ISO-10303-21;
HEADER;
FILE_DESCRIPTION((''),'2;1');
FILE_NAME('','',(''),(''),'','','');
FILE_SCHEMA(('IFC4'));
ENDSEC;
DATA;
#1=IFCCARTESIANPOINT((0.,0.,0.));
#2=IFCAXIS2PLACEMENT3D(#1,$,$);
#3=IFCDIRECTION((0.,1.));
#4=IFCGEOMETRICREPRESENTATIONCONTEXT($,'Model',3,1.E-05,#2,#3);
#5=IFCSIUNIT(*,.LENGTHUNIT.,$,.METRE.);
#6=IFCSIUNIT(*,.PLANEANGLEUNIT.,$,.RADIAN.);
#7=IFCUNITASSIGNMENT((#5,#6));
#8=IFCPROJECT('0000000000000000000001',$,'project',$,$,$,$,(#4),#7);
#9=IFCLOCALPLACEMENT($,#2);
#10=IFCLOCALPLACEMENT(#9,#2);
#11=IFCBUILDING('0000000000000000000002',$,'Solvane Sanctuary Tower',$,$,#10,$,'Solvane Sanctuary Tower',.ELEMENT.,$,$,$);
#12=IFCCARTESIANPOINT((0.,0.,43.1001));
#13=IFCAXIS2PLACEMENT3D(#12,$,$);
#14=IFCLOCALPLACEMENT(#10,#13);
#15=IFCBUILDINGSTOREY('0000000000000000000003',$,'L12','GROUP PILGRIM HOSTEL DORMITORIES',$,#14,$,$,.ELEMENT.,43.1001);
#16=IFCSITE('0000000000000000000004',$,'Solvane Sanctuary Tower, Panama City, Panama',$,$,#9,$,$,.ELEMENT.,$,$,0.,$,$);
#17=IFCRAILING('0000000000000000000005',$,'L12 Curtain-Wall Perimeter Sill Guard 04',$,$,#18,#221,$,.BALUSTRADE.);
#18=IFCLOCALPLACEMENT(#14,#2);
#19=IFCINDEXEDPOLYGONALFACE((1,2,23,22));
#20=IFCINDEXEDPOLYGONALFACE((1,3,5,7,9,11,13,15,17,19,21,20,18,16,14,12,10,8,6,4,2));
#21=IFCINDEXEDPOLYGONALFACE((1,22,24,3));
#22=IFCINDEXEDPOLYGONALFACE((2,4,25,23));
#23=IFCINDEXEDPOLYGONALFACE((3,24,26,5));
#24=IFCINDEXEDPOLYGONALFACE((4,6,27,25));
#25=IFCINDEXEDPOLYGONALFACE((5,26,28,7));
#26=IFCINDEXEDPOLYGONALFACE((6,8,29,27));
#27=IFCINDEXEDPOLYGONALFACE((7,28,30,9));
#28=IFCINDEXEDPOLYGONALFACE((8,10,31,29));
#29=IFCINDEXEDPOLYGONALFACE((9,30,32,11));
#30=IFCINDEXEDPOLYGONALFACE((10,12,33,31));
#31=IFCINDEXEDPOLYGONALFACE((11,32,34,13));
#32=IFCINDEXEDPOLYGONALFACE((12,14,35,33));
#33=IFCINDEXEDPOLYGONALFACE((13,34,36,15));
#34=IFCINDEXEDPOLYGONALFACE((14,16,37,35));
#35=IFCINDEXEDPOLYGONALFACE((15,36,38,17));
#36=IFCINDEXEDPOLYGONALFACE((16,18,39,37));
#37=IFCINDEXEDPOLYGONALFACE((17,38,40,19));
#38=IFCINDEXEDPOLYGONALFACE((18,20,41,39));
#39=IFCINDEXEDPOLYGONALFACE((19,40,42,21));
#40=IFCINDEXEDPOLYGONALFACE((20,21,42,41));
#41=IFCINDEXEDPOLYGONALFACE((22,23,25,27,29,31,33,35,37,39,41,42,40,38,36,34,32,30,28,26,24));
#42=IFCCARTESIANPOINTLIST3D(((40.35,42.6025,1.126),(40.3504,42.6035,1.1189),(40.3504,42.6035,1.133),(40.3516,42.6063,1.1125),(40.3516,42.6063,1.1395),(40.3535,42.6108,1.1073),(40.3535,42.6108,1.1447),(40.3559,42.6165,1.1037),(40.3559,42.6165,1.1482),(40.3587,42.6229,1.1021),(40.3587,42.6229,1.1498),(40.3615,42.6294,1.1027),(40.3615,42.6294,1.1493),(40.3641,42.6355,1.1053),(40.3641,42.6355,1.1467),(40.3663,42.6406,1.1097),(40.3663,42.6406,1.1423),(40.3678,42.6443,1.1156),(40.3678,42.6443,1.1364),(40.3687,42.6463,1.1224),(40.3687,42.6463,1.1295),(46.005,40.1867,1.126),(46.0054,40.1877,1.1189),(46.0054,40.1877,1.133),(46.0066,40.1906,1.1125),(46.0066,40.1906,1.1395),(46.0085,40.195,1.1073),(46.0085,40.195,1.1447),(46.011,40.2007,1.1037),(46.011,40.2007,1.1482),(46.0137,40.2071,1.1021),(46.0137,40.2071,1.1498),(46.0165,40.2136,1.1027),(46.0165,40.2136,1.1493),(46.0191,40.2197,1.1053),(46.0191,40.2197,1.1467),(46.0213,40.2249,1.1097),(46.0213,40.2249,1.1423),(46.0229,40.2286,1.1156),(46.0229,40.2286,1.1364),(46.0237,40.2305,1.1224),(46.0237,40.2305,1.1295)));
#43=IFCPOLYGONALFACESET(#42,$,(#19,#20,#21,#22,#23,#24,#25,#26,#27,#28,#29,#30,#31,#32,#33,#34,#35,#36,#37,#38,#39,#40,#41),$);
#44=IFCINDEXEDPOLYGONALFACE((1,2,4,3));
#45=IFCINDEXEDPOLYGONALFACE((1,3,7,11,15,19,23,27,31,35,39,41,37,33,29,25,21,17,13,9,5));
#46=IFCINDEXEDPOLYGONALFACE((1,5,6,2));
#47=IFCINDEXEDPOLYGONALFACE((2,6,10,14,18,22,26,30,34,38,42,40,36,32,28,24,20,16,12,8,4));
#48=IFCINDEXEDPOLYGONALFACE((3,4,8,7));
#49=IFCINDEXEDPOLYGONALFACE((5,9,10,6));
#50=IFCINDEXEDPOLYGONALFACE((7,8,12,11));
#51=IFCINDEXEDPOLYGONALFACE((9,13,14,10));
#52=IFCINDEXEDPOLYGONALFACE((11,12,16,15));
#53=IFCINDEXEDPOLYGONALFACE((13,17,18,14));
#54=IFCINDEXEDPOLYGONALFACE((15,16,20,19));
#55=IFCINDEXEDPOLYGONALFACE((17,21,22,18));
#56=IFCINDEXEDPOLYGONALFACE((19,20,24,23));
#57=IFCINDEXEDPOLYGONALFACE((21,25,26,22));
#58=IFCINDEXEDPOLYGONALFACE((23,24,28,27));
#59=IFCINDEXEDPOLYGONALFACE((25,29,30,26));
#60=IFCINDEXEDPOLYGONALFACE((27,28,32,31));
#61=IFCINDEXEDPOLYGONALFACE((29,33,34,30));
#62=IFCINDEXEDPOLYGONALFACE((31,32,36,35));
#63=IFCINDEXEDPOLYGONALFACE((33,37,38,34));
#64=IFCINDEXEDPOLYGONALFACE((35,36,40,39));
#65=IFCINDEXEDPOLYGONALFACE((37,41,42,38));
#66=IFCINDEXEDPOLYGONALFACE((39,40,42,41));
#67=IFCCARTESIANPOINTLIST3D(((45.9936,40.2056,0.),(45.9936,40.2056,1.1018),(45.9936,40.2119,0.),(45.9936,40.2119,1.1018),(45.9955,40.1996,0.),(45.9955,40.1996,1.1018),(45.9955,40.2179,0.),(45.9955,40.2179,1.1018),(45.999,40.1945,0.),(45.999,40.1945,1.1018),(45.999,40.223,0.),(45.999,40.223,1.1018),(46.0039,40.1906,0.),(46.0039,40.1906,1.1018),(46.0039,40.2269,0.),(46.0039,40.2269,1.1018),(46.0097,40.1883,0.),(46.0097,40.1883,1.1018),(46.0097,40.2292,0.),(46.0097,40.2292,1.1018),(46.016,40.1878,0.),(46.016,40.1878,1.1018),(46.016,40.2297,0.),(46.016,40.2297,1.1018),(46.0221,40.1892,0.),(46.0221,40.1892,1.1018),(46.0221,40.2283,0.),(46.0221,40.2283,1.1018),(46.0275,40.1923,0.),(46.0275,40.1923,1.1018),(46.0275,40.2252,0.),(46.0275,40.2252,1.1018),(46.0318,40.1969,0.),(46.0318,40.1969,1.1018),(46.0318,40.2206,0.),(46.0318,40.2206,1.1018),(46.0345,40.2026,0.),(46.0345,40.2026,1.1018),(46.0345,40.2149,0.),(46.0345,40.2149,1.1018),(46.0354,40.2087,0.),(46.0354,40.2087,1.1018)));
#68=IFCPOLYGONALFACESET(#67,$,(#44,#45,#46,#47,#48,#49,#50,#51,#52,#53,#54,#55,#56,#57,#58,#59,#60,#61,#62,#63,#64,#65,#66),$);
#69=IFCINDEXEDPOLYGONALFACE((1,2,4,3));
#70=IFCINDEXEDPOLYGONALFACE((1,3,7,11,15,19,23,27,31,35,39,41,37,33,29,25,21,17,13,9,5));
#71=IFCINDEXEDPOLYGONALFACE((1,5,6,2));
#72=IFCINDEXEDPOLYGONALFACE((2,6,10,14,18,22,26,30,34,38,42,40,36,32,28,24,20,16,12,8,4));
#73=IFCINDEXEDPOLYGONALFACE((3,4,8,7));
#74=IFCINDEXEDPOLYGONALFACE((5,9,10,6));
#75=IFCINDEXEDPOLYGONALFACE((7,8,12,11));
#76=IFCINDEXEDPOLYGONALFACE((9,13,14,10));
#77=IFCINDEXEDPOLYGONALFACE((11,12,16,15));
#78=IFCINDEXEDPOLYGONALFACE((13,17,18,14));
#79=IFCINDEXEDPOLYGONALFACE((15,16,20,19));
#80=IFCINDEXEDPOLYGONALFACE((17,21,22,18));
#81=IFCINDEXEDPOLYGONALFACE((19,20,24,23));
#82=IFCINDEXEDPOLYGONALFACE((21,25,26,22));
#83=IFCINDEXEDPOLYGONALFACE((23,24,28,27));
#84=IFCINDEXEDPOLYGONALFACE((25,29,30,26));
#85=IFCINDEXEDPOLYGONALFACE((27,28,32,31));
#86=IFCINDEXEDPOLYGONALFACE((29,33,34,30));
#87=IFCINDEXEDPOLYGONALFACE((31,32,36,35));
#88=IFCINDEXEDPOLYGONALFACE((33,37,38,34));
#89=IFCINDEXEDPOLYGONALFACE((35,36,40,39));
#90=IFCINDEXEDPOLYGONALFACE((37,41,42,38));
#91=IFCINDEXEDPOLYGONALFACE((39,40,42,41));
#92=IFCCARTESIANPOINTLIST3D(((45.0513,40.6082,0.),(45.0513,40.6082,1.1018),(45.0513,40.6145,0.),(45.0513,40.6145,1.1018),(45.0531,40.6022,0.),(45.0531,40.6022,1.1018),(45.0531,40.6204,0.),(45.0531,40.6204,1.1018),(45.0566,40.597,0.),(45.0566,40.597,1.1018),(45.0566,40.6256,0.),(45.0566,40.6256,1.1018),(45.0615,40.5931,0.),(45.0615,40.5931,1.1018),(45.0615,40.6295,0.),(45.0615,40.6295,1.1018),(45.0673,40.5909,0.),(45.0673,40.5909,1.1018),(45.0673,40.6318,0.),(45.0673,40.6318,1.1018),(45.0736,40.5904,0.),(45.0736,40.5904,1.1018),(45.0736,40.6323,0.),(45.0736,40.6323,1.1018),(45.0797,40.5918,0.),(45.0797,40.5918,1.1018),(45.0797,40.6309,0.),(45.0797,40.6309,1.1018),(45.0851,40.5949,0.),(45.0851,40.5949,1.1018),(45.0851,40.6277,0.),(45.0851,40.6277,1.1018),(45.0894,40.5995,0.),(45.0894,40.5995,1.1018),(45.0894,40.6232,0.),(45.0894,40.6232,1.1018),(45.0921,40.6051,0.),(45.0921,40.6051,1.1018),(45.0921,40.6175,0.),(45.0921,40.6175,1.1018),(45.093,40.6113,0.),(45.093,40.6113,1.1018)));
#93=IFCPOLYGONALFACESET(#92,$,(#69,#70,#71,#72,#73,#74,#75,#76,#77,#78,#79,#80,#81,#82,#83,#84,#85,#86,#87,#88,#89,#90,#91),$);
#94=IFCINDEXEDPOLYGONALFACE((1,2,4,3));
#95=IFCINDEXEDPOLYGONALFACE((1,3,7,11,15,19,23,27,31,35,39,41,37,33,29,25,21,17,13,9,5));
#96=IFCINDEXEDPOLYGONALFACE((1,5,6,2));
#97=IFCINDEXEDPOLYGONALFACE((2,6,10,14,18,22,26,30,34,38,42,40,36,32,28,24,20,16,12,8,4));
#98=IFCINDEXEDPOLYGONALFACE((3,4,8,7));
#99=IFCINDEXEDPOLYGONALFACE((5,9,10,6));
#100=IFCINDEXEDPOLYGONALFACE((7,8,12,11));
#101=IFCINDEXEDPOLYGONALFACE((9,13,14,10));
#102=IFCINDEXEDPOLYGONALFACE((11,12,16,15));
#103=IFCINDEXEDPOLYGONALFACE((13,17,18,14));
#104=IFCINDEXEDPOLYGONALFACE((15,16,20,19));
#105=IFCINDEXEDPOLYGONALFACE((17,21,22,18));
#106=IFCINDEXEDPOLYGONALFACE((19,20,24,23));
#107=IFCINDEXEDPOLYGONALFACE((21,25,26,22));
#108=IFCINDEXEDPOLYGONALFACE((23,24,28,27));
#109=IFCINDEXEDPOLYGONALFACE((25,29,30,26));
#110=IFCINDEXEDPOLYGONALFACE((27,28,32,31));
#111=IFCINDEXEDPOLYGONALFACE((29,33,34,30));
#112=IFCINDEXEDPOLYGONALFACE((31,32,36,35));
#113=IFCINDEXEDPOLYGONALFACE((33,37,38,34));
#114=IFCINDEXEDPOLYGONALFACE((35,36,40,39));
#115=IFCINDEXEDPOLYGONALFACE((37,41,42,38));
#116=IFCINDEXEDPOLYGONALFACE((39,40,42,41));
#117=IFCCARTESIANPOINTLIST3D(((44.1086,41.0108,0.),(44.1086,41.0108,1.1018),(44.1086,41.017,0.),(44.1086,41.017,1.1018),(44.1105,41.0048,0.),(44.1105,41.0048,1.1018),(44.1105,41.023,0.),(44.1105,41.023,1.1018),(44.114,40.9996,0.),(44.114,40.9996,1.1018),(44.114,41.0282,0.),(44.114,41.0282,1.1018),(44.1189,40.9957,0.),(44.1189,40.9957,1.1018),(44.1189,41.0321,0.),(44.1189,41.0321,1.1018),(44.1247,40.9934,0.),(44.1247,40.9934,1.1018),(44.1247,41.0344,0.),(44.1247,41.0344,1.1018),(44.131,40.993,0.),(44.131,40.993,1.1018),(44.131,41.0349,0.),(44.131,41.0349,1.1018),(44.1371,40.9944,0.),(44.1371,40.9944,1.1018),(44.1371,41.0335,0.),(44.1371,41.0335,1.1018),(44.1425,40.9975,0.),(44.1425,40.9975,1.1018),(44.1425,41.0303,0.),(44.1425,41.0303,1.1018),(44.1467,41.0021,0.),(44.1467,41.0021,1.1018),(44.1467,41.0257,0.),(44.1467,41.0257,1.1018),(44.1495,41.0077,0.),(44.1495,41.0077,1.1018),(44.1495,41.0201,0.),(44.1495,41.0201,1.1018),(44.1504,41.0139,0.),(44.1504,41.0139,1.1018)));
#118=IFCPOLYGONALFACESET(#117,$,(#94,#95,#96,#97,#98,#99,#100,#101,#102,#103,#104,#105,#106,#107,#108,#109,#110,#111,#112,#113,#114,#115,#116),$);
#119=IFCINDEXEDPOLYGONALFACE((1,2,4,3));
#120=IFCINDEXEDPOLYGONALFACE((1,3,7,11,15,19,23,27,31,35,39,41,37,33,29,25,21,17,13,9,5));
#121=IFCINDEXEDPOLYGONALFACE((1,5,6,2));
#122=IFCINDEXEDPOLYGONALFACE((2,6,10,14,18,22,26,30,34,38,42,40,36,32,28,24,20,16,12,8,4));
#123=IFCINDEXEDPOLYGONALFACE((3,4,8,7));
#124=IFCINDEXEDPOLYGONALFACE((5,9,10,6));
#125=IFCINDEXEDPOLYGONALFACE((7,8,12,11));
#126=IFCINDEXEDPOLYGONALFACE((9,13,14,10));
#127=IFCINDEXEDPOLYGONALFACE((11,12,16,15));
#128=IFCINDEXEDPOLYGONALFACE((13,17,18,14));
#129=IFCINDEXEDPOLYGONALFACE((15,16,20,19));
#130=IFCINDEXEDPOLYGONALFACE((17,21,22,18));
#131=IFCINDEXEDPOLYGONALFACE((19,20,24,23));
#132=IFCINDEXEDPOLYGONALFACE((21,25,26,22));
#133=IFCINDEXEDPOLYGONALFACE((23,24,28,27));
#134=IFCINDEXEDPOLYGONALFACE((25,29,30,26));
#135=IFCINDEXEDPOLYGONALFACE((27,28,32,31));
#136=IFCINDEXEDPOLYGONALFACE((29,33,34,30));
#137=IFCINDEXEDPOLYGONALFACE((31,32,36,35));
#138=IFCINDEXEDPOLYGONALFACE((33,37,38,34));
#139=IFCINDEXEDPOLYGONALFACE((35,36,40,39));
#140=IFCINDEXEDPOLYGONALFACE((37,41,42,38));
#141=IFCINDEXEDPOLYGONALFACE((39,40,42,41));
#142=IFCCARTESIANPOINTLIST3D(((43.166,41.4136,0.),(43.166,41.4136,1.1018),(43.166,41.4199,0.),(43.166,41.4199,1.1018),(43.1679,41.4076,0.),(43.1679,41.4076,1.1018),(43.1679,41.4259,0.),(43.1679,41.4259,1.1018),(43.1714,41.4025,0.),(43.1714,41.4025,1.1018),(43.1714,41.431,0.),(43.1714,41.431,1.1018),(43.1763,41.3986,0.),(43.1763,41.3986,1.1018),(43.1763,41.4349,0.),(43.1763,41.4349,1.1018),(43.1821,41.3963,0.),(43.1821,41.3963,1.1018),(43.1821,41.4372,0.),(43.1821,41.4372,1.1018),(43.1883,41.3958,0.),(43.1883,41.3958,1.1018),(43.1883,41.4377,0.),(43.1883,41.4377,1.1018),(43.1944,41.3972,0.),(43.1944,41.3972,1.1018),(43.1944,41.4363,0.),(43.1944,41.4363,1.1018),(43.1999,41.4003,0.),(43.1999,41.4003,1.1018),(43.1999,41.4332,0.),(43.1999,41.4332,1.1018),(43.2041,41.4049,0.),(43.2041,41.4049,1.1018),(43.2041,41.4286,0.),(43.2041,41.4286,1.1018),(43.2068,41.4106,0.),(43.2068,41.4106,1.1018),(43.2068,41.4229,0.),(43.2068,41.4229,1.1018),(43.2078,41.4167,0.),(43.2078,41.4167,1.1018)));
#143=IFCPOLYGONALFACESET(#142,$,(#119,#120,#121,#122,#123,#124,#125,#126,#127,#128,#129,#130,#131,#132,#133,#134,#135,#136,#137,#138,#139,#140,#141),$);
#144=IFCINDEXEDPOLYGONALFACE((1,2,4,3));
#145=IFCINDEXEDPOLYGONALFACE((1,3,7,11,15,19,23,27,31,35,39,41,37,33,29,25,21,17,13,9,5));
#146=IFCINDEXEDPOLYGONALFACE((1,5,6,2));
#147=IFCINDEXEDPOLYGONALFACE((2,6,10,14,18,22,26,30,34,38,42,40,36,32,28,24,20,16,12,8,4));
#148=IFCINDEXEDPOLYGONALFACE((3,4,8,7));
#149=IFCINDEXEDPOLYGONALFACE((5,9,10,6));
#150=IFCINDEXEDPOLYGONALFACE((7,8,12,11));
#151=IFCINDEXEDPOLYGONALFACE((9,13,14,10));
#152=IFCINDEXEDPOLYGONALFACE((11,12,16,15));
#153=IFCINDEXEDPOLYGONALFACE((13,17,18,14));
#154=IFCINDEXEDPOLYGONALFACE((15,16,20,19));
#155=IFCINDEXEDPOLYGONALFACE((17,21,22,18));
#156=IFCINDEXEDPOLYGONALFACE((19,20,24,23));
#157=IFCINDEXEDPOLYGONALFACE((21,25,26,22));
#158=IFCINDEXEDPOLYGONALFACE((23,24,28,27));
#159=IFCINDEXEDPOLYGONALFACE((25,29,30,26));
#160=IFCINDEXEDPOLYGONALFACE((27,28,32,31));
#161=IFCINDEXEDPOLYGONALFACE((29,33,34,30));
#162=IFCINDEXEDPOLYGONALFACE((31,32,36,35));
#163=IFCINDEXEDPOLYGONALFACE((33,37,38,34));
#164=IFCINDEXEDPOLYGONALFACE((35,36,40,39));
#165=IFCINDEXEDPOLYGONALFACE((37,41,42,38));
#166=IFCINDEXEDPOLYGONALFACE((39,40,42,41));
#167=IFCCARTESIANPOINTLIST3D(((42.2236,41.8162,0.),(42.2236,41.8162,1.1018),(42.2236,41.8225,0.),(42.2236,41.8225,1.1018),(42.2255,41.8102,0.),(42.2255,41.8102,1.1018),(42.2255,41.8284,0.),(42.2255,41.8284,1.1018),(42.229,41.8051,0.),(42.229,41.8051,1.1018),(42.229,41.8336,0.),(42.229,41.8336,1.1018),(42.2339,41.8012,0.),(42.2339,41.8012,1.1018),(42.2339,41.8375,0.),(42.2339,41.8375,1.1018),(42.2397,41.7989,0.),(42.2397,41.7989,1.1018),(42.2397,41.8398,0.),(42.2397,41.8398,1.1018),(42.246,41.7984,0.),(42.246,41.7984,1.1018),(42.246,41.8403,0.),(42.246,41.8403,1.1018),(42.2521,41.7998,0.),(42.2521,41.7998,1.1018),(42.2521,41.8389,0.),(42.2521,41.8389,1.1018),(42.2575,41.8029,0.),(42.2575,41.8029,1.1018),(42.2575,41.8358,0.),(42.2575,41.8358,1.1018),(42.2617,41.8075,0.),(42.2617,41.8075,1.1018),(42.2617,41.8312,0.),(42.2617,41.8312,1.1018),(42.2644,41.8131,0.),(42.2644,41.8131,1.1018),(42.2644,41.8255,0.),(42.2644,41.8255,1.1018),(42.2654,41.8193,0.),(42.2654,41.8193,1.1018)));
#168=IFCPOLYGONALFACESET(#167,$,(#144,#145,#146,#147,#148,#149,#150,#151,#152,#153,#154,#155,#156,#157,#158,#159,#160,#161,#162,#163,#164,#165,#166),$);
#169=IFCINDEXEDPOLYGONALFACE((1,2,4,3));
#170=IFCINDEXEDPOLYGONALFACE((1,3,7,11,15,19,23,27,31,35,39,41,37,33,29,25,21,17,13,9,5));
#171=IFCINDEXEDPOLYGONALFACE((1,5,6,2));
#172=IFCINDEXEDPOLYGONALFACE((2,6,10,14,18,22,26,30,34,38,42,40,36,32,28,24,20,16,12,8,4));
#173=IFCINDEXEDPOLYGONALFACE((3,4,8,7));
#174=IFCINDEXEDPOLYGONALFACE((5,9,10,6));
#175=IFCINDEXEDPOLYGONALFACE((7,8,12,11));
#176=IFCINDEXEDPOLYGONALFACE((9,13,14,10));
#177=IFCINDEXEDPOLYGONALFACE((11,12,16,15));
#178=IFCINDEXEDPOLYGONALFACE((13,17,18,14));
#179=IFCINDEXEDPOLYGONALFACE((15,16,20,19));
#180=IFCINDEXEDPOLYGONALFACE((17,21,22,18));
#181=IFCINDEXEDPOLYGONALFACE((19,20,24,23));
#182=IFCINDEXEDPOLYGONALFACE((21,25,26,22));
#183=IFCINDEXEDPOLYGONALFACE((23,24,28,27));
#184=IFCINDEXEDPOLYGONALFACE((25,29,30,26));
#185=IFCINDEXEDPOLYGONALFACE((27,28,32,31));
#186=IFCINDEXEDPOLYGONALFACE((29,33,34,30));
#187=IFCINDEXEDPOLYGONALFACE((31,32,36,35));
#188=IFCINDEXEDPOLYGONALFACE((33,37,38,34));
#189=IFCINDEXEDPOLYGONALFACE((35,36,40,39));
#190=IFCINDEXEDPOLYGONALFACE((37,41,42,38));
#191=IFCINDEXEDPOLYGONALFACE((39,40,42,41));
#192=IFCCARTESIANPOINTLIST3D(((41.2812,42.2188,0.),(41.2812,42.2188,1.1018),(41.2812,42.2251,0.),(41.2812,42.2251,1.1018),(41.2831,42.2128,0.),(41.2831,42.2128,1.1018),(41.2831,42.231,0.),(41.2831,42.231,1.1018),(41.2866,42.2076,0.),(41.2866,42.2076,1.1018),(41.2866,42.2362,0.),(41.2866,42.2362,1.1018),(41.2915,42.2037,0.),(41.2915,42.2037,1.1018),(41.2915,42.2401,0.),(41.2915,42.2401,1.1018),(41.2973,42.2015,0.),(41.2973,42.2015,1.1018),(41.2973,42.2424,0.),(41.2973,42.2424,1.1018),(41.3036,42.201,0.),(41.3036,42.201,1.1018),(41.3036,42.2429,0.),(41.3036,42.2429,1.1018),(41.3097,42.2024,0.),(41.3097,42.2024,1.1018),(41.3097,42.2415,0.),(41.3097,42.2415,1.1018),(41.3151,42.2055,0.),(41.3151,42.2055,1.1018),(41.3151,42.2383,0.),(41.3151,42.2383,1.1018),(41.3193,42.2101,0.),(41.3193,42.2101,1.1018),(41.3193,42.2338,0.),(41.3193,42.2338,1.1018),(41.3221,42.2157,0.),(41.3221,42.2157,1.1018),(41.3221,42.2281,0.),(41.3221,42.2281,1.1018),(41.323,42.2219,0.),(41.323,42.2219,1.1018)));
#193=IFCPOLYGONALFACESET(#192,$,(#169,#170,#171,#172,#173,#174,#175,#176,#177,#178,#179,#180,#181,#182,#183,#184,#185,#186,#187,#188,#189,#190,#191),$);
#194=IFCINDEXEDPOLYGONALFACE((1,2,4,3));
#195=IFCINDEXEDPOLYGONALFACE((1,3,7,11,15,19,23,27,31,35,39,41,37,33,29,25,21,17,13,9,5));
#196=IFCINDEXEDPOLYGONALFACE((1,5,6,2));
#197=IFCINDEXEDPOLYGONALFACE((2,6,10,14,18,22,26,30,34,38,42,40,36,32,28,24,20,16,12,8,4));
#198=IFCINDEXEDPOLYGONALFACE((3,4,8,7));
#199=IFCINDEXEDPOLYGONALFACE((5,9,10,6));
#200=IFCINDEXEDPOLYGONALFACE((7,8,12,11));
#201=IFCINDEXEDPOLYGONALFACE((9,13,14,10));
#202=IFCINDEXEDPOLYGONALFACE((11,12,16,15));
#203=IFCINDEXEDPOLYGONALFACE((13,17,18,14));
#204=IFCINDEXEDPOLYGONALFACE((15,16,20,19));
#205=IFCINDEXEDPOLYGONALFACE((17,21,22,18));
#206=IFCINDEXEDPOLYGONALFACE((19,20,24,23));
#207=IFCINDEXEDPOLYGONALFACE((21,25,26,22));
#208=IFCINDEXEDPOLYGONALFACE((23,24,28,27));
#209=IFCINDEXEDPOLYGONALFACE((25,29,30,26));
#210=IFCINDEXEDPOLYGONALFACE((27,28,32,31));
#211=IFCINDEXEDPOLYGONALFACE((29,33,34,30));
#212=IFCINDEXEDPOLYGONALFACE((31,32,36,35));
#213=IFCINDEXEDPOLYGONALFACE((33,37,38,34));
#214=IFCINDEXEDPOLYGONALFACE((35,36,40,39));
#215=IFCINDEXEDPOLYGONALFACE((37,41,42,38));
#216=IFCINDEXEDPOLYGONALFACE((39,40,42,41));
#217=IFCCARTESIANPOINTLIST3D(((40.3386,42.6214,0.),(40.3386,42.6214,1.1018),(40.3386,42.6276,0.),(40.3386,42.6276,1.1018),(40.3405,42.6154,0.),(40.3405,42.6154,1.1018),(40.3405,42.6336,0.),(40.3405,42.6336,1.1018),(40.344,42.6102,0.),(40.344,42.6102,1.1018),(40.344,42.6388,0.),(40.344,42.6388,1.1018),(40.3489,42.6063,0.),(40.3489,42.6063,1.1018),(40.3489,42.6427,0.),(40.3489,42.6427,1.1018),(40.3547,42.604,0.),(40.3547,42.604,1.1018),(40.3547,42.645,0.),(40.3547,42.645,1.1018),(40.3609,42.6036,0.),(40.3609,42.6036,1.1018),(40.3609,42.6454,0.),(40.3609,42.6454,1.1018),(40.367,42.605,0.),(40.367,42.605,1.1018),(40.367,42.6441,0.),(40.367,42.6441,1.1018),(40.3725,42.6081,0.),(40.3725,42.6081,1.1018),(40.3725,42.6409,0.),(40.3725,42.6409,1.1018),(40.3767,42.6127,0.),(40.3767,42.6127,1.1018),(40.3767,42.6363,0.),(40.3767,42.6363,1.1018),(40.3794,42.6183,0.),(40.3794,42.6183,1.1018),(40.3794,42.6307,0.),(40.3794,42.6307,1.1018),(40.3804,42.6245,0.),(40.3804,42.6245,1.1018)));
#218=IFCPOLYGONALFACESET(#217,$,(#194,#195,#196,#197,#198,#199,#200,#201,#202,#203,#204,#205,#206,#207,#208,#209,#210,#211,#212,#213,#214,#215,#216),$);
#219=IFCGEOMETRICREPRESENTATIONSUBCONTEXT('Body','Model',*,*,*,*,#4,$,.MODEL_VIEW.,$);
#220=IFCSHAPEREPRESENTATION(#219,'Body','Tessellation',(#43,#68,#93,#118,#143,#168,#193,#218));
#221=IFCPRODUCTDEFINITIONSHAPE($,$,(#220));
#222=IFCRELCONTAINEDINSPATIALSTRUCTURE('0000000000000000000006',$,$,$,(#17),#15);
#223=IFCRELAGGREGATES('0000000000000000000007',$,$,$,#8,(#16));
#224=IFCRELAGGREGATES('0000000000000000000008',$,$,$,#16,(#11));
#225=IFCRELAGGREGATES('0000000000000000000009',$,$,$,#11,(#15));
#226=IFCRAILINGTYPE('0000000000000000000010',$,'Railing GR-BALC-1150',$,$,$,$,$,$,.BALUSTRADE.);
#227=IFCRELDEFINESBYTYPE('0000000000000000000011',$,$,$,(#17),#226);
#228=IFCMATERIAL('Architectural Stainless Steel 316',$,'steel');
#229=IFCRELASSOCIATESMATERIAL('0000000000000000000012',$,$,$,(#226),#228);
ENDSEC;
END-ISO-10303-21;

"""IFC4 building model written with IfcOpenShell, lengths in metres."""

from ifc_helpers import new_model, si_unit, direction, frame, origin, origin_2d, place, context, subcontext, project, spatial, circle, extrude, material, type_object, element, save


model = new_model("IFC4")

# Units and contexts
model_context = context("Model", 3, precision=1e-05, world=origin(), true_north=direction((0.0, 1.0)))
body_context = subcontext(model_context, "Body", "Model", "MODEL_VIEW")
ifc_project = project(units=[si_unit("LENGTHUNIT", "METRE"), si_unit("PLANEANGLEUNIT", "RADIAN")], contexts=[model_context])

# Site, building, storey
site_placement = place(None, origin())
site = spatial("IfcSite", under=ifc_project, at=site_placement, Name="Solvane Sanctuary Tower, Panama City, Panama", CompositionType="ELEMENT", RefElevation=0.0)
building_placement = place(site_placement, origin())
building = spatial("IfcBuilding", under=site, at=building_placement, Name="Solvane Sanctuary Tower", LongName="Solvane Sanctuary Tower", CompositionType="ELEMENT")
storey_placement = place(building_placement, frame((0.0, 0.0, 43.1001)))
storey = spatial("IfcBuildingStorey", under=building, at=storey_placement, Name="L12", Description="GROUP PILGRIM HOSTEL DORMITORIES", CompositionType="ELEMENT", Elevation=43.1001)

# Railing
ifc_material_1 = material(Name="Architectural Stainless Steel 316", Category="steel")
railing_type = type_object("IfcRailingType", Name="Railing GR-BALC-1150", PredefinedType="BALUSTRADE", material=ifc_material_1)
railing_placement = place(storey_placement, frame((46.0144, 40.2087, 0.0)))
element("IfcRailing", 1, at=railing_placement, inside=storey, type_object=railing_type, Name="L12 Curtain-Wall Perimeter Sill Guard 04", PredefinedType="BALUSTRADE", context=body_context, shape_type="SweptSolid", body=[
    extrude(circle(Radius=0.0239, at=origin_2d()), frame((0.0, 0.0, 1.126), z_axis=(-0.919604, 0.392846, 0.0), x_axis=(-0.392846, -0.919604, 0.0)), (0.0, 0.0, 1.0), 6.1494),
    extrude(circle(Radius=0.021, at=origin_2d()), origin(), (0.0, 0.0, 1.0), 1.1018),
    extrude(circle(Radius=0.021, at=origin_2d()), frame((-0.9424, 0.4026, 0.0)), (0.0, 0.0, 1.0), 1.1018),
    extrude(circle(Radius=0.021, at=origin_2d()), frame((-1.885, 0.8052, 0.0)), (0.0, 0.0, 1.0), 1.1018),
    extrude(circle(Radius=0.021, at=origin_2d()), frame((-2.8276, 1.208, 0.0)), (0.0, 0.0, 1.0), 1.1018),
    extrude(circle(Radius=0.021, at=origin_2d()), frame((-3.77, 1.6106, 0.0)), (0.0, 0.0, 1.0), 1.1018),
    extrude(circle(Radius=0.021, at=origin_2d()), frame((-4.7124, 2.0132, 0.0)), (0.0, 0.0, 1.0), 1.1018),
    extrude(circle(Radius=0.021, at=origin_2d()), frame((-5.655, 2.4158, 0.0)), (0.0, 0.0, 1.0), 1.1018),
])

save(model, "model.ifc")
